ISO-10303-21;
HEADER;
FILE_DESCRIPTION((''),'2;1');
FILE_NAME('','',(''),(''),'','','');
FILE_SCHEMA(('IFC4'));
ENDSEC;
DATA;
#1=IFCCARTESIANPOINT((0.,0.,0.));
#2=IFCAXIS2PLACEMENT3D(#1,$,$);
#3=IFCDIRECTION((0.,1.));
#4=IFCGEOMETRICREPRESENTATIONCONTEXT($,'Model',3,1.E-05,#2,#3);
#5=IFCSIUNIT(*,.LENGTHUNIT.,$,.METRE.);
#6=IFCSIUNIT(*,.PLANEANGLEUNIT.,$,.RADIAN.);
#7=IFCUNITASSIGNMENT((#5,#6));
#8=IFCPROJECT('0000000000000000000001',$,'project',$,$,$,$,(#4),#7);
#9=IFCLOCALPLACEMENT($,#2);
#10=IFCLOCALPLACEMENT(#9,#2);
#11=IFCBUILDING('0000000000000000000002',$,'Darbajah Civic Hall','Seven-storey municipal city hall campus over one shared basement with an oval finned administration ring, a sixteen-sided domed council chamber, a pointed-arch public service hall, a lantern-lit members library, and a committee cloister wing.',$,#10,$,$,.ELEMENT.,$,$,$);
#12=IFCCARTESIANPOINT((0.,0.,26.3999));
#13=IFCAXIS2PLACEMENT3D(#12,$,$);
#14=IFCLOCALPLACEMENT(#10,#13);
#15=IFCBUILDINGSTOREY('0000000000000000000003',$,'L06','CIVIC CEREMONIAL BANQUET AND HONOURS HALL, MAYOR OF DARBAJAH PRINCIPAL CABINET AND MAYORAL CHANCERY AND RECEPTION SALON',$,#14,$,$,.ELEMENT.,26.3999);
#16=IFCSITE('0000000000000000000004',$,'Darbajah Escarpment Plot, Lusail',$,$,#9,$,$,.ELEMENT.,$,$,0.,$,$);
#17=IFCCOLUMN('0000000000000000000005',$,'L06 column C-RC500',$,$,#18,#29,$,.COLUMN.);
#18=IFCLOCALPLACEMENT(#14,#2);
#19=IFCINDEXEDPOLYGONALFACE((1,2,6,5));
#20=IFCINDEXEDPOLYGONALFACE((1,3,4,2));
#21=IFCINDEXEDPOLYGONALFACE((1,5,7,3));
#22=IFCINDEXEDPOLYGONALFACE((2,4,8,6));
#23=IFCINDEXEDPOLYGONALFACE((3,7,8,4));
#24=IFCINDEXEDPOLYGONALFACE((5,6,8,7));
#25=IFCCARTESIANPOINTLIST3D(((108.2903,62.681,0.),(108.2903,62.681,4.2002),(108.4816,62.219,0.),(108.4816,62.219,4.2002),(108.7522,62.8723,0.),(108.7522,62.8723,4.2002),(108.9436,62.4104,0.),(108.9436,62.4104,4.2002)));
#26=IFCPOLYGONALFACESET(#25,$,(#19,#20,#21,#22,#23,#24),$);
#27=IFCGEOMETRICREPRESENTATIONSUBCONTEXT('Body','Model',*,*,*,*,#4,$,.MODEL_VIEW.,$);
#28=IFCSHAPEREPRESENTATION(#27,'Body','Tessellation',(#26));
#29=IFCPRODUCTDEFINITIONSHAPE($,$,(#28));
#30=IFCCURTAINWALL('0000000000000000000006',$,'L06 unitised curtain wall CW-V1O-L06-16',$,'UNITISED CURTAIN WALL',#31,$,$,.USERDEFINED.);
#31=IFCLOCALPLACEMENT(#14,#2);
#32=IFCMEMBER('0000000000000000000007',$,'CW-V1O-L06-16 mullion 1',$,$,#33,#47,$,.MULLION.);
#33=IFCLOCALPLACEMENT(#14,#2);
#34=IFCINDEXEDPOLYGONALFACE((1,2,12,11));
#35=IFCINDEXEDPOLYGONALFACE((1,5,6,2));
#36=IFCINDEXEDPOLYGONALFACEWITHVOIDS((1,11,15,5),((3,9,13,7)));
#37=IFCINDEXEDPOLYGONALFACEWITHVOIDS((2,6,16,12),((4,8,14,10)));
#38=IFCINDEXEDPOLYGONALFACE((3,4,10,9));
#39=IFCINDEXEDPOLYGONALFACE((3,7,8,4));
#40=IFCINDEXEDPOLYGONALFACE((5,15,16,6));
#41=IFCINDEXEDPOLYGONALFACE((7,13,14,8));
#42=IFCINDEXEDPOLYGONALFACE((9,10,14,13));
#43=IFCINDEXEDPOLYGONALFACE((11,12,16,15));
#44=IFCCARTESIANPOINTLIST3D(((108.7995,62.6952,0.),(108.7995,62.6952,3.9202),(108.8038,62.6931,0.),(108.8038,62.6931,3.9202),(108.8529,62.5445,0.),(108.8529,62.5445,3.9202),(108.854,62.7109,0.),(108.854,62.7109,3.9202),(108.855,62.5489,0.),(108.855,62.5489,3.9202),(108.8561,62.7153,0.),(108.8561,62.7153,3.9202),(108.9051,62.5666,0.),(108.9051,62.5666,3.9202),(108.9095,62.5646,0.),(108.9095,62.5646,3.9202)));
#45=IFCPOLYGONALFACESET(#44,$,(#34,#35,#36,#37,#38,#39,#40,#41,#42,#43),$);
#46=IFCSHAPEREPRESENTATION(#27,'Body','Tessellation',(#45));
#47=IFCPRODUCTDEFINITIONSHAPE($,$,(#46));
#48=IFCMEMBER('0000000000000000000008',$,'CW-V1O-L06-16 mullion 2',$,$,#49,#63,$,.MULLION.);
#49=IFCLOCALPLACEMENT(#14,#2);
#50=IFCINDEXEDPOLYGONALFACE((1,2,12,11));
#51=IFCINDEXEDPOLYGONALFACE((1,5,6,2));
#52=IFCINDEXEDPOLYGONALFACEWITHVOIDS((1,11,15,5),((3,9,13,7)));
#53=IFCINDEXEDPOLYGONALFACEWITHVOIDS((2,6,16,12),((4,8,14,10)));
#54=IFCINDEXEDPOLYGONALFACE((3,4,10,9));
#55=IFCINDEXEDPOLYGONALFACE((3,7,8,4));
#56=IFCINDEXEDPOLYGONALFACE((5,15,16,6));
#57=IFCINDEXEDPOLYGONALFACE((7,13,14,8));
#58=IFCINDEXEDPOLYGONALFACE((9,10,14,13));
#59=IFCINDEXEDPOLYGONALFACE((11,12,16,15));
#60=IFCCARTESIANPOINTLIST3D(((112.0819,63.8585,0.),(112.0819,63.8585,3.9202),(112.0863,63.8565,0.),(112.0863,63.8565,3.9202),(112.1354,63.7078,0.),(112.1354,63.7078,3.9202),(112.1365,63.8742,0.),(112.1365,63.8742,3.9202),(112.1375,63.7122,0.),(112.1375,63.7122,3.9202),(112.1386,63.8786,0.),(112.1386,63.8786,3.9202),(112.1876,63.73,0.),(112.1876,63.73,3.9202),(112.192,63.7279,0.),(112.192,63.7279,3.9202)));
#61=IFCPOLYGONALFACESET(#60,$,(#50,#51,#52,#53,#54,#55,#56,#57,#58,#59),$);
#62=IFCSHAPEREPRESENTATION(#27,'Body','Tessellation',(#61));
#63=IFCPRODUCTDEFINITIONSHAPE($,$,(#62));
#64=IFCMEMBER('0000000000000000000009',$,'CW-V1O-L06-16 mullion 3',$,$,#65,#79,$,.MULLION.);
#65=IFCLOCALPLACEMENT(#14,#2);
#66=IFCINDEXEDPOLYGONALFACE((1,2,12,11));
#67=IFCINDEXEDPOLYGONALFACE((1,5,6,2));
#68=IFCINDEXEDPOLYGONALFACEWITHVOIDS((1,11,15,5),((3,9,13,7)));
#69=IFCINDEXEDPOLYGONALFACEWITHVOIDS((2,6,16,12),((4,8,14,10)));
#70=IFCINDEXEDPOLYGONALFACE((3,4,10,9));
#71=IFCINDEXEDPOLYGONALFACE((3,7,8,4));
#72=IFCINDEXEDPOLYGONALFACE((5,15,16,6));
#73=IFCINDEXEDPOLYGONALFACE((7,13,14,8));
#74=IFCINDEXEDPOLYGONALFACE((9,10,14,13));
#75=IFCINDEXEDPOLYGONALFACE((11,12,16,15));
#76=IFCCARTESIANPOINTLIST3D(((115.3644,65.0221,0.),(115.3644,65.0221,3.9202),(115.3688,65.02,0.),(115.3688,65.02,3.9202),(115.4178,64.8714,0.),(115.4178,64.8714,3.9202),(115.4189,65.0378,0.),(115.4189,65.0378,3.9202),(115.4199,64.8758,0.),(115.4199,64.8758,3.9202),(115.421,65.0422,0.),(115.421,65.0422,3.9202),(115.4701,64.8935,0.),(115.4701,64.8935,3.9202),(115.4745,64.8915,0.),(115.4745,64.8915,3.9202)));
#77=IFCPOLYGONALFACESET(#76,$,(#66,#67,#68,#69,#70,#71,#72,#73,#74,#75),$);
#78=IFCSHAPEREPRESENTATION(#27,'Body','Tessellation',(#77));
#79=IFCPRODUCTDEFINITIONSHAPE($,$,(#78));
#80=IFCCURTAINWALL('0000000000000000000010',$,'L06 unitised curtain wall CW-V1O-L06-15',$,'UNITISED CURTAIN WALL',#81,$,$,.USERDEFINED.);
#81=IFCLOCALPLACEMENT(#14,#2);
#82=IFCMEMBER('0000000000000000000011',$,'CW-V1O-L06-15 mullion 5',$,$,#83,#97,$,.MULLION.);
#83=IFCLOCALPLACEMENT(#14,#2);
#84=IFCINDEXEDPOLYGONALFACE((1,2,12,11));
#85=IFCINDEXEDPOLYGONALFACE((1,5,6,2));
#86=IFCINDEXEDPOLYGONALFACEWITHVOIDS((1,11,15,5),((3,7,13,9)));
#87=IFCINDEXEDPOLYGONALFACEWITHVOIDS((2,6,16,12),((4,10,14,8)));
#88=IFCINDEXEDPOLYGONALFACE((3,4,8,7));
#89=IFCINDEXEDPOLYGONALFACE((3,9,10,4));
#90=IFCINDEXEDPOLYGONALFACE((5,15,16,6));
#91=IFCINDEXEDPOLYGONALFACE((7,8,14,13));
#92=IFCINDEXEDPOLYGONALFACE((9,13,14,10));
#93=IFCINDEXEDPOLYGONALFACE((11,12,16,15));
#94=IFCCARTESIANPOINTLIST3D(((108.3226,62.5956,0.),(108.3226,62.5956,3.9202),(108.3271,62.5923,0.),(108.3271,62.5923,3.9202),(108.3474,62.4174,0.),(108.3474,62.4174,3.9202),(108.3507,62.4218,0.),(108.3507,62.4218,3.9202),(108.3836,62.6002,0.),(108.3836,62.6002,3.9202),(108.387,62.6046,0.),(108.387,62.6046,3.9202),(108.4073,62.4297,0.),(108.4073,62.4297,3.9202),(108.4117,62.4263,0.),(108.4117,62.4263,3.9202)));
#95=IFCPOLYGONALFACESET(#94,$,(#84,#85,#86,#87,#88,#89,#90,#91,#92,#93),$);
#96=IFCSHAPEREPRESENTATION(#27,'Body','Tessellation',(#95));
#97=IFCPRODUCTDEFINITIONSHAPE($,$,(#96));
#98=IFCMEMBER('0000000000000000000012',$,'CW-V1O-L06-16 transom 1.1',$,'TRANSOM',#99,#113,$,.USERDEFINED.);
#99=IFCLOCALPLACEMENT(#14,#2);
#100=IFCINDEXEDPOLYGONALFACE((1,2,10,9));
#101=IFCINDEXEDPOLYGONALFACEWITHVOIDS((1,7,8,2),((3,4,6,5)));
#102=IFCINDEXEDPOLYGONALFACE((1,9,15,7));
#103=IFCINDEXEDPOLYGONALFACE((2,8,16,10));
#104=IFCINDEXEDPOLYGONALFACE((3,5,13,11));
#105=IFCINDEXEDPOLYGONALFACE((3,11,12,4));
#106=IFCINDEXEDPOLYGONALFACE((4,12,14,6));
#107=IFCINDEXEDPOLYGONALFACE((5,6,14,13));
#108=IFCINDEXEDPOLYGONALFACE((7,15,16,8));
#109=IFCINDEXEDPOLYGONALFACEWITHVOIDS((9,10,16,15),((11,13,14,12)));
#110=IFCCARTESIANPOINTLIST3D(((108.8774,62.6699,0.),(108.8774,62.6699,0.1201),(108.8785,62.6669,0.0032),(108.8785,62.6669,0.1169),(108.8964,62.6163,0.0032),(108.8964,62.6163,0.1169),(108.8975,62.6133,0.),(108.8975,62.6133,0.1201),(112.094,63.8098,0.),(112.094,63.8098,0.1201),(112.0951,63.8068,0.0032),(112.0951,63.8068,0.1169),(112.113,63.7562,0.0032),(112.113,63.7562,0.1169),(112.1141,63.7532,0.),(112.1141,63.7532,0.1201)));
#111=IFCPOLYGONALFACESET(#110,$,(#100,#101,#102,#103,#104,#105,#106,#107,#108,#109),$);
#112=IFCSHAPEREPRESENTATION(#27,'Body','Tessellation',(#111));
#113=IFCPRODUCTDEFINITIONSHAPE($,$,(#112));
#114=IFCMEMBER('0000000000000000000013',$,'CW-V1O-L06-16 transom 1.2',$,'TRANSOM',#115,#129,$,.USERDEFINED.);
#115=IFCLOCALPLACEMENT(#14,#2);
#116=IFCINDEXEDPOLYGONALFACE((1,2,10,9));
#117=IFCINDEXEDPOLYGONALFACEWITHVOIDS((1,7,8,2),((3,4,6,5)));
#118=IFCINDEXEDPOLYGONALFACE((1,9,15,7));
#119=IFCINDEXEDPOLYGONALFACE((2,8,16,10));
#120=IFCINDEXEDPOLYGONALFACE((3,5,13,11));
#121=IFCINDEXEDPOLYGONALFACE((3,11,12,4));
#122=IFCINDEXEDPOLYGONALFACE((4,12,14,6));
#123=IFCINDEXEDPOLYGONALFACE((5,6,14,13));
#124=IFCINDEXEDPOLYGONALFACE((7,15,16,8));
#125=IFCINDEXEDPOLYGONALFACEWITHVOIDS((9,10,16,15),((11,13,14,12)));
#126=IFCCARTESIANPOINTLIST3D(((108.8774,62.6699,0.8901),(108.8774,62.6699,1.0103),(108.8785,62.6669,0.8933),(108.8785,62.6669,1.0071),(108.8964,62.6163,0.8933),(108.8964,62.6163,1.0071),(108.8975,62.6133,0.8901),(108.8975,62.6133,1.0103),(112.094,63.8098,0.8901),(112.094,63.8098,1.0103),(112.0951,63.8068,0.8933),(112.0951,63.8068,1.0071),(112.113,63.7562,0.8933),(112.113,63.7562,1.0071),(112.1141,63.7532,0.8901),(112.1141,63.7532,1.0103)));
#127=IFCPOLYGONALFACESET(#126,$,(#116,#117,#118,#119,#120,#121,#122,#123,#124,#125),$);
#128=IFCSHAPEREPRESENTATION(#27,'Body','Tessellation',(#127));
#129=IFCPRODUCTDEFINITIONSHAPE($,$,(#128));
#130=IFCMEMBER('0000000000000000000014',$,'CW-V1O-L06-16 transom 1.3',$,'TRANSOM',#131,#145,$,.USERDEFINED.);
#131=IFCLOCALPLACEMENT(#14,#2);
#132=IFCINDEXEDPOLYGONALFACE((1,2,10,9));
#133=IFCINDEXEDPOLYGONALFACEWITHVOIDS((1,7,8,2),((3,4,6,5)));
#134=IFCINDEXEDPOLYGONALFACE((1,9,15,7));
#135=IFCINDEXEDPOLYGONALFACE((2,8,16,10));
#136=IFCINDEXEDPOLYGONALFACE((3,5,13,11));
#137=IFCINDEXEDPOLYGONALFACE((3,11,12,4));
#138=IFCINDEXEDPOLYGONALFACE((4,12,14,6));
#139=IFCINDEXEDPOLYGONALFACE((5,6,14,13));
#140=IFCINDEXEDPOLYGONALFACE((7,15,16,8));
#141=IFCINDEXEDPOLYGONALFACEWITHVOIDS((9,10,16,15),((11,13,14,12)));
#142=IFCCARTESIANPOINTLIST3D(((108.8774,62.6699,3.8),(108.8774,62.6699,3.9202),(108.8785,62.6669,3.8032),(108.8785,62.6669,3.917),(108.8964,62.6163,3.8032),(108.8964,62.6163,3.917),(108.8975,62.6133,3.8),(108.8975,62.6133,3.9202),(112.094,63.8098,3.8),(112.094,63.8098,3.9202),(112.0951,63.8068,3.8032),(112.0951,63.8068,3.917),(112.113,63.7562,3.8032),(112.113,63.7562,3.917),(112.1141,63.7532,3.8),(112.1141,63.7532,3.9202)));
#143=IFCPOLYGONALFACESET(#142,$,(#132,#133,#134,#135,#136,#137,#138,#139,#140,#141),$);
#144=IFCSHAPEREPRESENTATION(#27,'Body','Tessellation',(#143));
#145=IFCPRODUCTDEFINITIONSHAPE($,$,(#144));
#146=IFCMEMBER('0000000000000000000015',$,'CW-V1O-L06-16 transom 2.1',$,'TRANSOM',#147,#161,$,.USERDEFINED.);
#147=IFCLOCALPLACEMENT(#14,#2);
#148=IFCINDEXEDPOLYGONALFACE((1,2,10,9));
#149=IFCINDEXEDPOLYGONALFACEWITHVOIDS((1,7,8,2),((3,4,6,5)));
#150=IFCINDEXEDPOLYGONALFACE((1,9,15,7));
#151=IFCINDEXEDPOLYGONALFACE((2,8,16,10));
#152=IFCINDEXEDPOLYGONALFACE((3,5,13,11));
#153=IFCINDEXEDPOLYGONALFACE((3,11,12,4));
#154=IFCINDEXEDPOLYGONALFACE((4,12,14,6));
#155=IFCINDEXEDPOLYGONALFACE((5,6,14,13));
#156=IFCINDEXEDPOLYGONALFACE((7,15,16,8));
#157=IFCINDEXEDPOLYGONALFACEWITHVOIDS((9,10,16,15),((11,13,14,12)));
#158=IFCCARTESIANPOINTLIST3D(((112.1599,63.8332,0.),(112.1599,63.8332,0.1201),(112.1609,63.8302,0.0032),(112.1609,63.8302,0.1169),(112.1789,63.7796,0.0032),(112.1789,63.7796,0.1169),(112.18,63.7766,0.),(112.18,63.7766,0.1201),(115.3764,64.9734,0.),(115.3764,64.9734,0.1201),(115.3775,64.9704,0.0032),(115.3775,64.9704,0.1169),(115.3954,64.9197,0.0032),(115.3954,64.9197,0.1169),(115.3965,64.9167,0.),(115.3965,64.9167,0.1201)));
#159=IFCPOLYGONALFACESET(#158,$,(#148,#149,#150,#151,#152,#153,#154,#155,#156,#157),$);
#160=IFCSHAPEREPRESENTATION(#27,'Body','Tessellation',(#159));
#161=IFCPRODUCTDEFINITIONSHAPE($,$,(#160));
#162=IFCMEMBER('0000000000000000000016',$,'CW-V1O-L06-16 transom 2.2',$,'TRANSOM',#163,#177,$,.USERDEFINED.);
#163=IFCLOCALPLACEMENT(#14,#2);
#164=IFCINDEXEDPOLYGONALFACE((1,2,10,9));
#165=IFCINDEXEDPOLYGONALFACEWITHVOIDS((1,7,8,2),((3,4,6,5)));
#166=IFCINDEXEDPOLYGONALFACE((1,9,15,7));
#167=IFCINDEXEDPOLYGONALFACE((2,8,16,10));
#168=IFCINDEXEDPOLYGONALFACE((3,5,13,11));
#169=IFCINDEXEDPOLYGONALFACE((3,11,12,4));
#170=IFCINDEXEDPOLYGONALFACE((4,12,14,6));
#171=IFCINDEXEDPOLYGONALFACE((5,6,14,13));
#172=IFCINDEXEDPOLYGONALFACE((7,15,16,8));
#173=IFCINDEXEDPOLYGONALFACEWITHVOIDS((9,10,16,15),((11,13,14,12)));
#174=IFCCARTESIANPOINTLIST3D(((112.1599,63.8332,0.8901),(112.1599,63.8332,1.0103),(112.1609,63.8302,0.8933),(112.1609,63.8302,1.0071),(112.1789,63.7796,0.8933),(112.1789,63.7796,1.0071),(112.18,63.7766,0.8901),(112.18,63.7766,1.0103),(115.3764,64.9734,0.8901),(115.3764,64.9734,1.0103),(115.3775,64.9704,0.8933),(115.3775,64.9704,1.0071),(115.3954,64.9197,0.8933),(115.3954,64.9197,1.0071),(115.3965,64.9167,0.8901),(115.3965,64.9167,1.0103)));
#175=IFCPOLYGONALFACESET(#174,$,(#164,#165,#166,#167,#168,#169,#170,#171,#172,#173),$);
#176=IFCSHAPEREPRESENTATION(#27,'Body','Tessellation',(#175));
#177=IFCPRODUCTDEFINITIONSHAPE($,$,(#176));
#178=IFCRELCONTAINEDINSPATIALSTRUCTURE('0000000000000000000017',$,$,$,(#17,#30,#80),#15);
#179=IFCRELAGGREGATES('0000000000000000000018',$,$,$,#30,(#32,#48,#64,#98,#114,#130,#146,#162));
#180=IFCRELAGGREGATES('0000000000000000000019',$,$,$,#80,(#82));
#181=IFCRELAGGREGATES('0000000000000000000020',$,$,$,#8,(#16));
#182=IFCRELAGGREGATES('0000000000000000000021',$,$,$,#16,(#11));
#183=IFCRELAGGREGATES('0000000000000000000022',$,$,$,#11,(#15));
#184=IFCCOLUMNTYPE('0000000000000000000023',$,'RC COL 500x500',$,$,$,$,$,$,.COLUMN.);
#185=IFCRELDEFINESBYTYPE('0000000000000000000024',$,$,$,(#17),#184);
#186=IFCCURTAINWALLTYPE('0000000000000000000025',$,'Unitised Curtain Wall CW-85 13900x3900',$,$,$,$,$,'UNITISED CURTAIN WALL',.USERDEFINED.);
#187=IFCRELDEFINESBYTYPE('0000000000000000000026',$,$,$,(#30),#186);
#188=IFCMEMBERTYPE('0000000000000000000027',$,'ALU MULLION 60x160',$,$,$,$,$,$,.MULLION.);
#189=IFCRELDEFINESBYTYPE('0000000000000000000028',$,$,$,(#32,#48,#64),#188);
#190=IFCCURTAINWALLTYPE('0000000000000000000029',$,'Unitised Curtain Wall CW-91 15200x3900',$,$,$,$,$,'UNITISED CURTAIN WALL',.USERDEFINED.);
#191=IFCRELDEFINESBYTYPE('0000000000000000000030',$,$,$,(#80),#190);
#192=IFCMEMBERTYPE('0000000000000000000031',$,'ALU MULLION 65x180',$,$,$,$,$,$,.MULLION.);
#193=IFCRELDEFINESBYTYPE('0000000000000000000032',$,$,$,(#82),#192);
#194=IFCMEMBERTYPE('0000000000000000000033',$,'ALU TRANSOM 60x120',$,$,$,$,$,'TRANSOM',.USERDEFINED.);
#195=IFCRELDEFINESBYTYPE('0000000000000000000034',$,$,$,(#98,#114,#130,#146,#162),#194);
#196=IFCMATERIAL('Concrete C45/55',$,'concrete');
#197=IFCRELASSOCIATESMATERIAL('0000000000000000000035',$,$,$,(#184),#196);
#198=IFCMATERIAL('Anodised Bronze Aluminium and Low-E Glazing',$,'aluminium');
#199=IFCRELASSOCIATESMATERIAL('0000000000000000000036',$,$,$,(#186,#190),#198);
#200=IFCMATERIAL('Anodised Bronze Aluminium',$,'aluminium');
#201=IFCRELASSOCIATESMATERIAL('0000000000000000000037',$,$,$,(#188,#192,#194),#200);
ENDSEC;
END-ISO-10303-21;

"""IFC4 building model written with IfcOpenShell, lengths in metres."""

from ifc_helpers import new_model, si_unit, direction, frame, origin, origin_2d, place, context, subcontext, project, spatial, rectangle, hollow_rectangle, extrude, material, material_profile, profile_set, type_object, element, aggregate, save


model = new_model("IFC4")

# Units and contexts
model_context = context("Model", 3, precision=1e-05, world=origin(), true_north=direction((0.0, 1.0)))
body_context = subcontext(model_context, "Body", "Model", "MODEL_VIEW")
ifc_project = project(units=[si_unit("LENGTHUNIT", "METRE"), si_unit("PLANEANGLEUNIT", "RADIAN")], contexts=[model_context])

# Site, building, storey
site_placement = place(None, origin())
site = spatial("IfcSite", under=ifc_project, at=site_placement, Name="Darbajah Escarpment Plot, Lusail", CompositionType="ELEMENT", RefElevation=0.0)
building_placement = place(site_placement, origin())
building = spatial("IfcBuilding", under=site, at=building_placement, Name="Darbajah Civic Hall", Description="Seven-storey municipal city hall campus over one shared basement with an oval finned administration ring, a sixteen-sided domed council chamber, a pointed-arch public service hall, a lantern-lit members library, and a committee cloister wing.", CompositionType="ELEMENT")
storey_placement = place(building_placement, frame((0.0, 0.0, 26.3999)))
storey = spatial("IfcBuildingStorey", under=building, at=storey_placement, Name="L06", Description="CIVIC CEREMONIAL BANQUET AND HONOURS HALL, MAYOR OF DARBAJAH PRINCIPAL CABINET AND MAYORAL CHANCERY AND RECEPTION SALON", CompositionType="ELEMENT", Elevation=26.3999)

# Column
ifc_material_1 = material(Name="Concrete C45/55", Category="concrete")
ifc_material_profile_1 = material_profile(ifc_material_1, rectangle(XDim=0.5, YDim=0.5, at=origin_2d()), Name="RC COL 500x500")
ifc_profile_set_1 = profile_set([ifc_material_profile_1], Name="Concrete C45/55")
column_type = type_object("IfcColumnType", Name="RC COL 500x500", PredefinedType="COLUMN", material=ifc_profile_set_1)
column_placement = place(storey_placement, frame((108.6169, 62.5457, 0.0), z_axis=(0.0, 0.0, 1.0), x_axis=(0.382683, -0.92388, 0.0)))
element("IfcColumn", 1, at=column_placement, inside=storey, type_object=column_type, Name="L06 column C-RC500", PredefinedType="COLUMN", context=body_context, shape_type="SweptSolid", body=[
    extrude(rectangle(XDim=0.5, YDim=0.5, at=origin_2d()), origin(), (0.0, 0.0, 1.0), 4.2002),
])

# Curtain wall, members
ifc_material_2 = material(Name="Anodised Bronze Aluminium and Low-E Glazing", Category="aluminium")
curtain_wall_type_1 = type_object("IfcCurtainWallType", Name="Unitised Curtain Wall CW-85 13900x3900", ElementType="UNITISED CURTAIN WALL", PredefinedType="USERDEFINED", material=ifc_material_2)
curtain_wall_1_placement = place(storey_placement, origin())
curtain_wall_1 = element("IfcCurtainWall", 2, at=curtain_wall_1_placement, inside=storey, type_object=curtain_wall_type_1, Name="L06 unitised curtain wall CW-V1O-L06-16", ObjectType="UNITISED CURTAIN WALL", PredefinedType="USERDEFINED")
ifc_material_3 = material(Name="Anodised Bronze Aluminium", Category="aluminium")
ifc_material_profile_2 = material_profile(ifc_material_3, hollow_rectangle(XDim=0.0601, YDim=0.1599, WallThickness=0.0034, at=origin_2d()), Name="ALU MULLION 60x160")
ifc_profile_set_2 = profile_set([ifc_material_profile_2], Name="Anodised Bronze Aluminium")
member_type_1 = type_object("IfcMemberType", Name="ALU MULLION 60x160", PredefinedType="MULLION", material=ifc_profile_set_2)
member_1_placement = place(storey_placement, frame((108.8545, 62.6299, 0.0), z_axis=(0.0, 0.0, 1.0), x_axis=(0.942525, 0.334136, 0.0)))
member_1 = element("IfcMember", 3, at=member_1_placement, type_object=member_type_1, Name="CW-V1O-L06-16 mullion 1", PredefinedType="MULLION", context=body_context, shape_type="SweptSolid", body=[
    extrude(hollow_rectangle(XDim=0.0601, YDim=0.1599, WallThickness=0.0034, at=origin_2d()), origin(), (0.0, 0.0, 1.0), 3.9202),
])
member_2_placement = place(storey_placement, frame((112.137, 63.7932, 0.0), z_axis=(0.0, 0.0, 1.0), x_axis=(0.942525, 0.334136, 0.0)))
member_2 = element("IfcMember", 4, at=member_2_placement, type_object=member_type_1, Name="CW-V1O-L06-16 mullion 2", PredefinedType="MULLION", context=body_context, shape_type="SweptSolid", body=[
    extrude(hollow_rectangle(XDim=0.0601, YDim=0.1599, WallThickness=0.0034, at=origin_2d()), origin(), (0.0, 0.0, 1.0), 3.9202),
])
member_3_placement = place(storey_placement, frame((115.4194, 64.9568, 0.0), z_axis=(0.0, 0.0, 1.0), x_axis=(0.942525, 0.334136, 0.0)))
member_3 = element("IfcMember", 5, at=member_3_placement, type_object=member_type_1, Name="CW-V1O-L06-16 mullion 3", PredefinedType="MULLION", context=body_context, shape_type="SweptSolid", body=[
    extrude(hollow_rectangle(XDim=0.0601, YDim=0.1599, WallThickness=0.0034, at=origin_2d()), origin(), (0.0, 0.0, 1.0), 3.9202),
])

# Curtain wall, member
curtain_wall_type_2 = type_object("IfcCurtainWallType", Name="Unitised Curtain Wall CW-91 15200x3900", ElementType="UNITISED CURTAIN WALL", PredefinedType="USERDEFINED", material=ifc_material_2)
curtain_wall_2_placement = place(storey_placement, origin())
curtain_wall_2 = element("IfcCurtainWall", 6, at=curtain_wall_2_placement, inside=storey, type_object=curtain_wall_type_2, Name="L06 unitised curtain wall CW-V1O-L06-15", ObjectType="UNITISED CURTAIN WALL", PredefinedType="USERDEFINED")
ifc_material_profile_3 = material_profile(ifc_material_3, hollow_rectangle(XDim=0.0649, YDim=0.1799, WallThickness=0.0039, at=origin_2d()), Name="ALU MULLION 65x180")
ifc_profile_set_3 = profile_set([ifc_material_profile_3], Name="Anodised Bronze Aluminium")
member_type_2 = type_object("IfcMemberType", Name="ALU MULLION 65x180", PredefinedType="MULLION", material=ifc_profile_set_3)
member_4_placement = place(storey_placement, frame((108.3672, 62.511, 0.0), z_axis=(0.0, 0.0, 1.0), x_axis=(0.990485, 0.137617, 0.0)))
member_4 = element("IfcMember", 7, at=member_4_placement, type_object=member_type_2, Name="CW-V1O-L06-15 mullion 5", PredefinedType="MULLION", context=body_context, shape_type="SweptSolid", body=[
    extrude(hollow_rectangle(XDim=0.0649, YDim=0.1799, WallThickness=0.0039, at=origin_2d()), origin(), (0.0, 0.0, 1.0), 3.9202),
])

# Members
ifc_material_profile_4 = material_profile(ifc_material_3, hollow_rectangle(XDim=0.0601, YDim=0.1201, WallThickness=0.0032, at=origin_2d()), Name="ALU TRANSOM 60x120")
ifc_profile_set_4 = profile_set([ifc_material_profile_4], Name="Anodised Bronze Aluminium")
member_type_3 = type_object("IfcMemberType", Name="ALU TRANSOM 60x120", ElementType="TRANSOM", PredefinedType="USERDEFINED", material=ifc_profile_set_4)
member_5_placement = place(storey_placement, frame((108.8875, 62.6416, 0.0601), z_axis=(0.942563, 0.334029, 0.0), x_axis=(-0.334029, 0.942563, 0.0)))
member_5 = element("IfcMember", 8, at=member_5_placement, type_object=member_type_3, Name="CW-V1O-L06-16 transom 1.1", ObjectType="TRANSOM", PredefinedType="USERDEFINED", context=body_context, shape_type="SweptSolid", body=[
    extrude(hollow_rectangle(XDim=0.0601, YDim=0.1201, WallThickness=0.0032, at=origin_2d()), origin(), (0.0, 0.0, 1.0), 3.4126),
])
member_6_placement = place(storey_placement, frame((108.8875, 62.6416, 0.9502), z_axis=(0.942563, 0.334029, 0.0), x_axis=(-0.334029, 0.942563, 0.0)))
member_6 = element("IfcMember", 9, at=member_6_placement, type_object=member_type_3, Name="CW-V1O-L06-16 transom 1.2", ObjectType="TRANSOM", PredefinedType="USERDEFINED", context=body_context, shape_type="SweptSolid", body=[
    extrude(hollow_rectangle(XDim=0.0601, YDim=0.1201, WallThickness=0.0032, at=origin_2d()), origin(), (0.0, 0.0, 1.0), 3.4126),
])
member_7_placement = place(storey_placement, frame((108.8875, 62.6416, 3.8601), z_axis=(0.942563, 0.334029, 0.0), x_axis=(-0.334029, 0.942563, 0.0)))
member_7 = element("IfcMember", 10, at=member_7_placement, type_object=member_type_3, Name="CW-V1O-L06-16 transom 1.3", ObjectType="TRANSOM", PredefinedType="USERDEFINED", context=body_context, shape_type="SweptSolid", body=[
    extrude(hollow_rectangle(XDim=0.0601, YDim=0.1201, WallThickness=0.0032, at=origin_2d()), origin(), (0.0, 0.0, 1.0), 3.4126),
])
member_8_placement = place(storey_placement, frame((112.1699, 63.8049, 0.0601), z_axis=(0.94254, 0.334092, 0.0), x_axis=(-0.334092, 0.94254, 0.0)))
member_8 = element("IfcMember", 11, at=member_8_placement, type_object=member_type_3, Name="CW-V1O-L06-16 transom 2.1", ObjectType="TRANSOM", PredefinedType="USERDEFINED", context=body_context, shape_type="SweptSolid", body=[
    extrude(hollow_rectangle(XDim=0.0601, YDim=0.1201, WallThickness=0.0032, at=origin_2d()), origin(), (0.0, 0.0, 1.0), 3.4126),
])
member_9_placement = place(storey_placement, frame((112.1699, 63.8049, 0.9502), z_axis=(0.94254, 0.334092, 0.0), x_axis=(-0.334092, 0.94254, 0.0)))
member_9 = element("IfcMember", 12, at=member_9_placement, type_object=member_type_3, Name="CW-V1O-L06-16 transom 2.2", ObjectType="TRANSOM", PredefinedType="USERDEFINED", context=body_context, shape_type="SweptSolid", body=[
    extrude(hollow_rectangle(XDim=0.0601, YDim=0.1201, WallThickness=0.0032, at=origin_2d()), origin(), (0.0, 0.0, 1.0), 3.4126),
])

aggregate(curtain_wall_1, [member_1, member_2, member_3, member_5, member_6, member_7, member_8, member_9])
aggregate(curtain_wall_2, [member_4])

save(model, "model.ifc")
